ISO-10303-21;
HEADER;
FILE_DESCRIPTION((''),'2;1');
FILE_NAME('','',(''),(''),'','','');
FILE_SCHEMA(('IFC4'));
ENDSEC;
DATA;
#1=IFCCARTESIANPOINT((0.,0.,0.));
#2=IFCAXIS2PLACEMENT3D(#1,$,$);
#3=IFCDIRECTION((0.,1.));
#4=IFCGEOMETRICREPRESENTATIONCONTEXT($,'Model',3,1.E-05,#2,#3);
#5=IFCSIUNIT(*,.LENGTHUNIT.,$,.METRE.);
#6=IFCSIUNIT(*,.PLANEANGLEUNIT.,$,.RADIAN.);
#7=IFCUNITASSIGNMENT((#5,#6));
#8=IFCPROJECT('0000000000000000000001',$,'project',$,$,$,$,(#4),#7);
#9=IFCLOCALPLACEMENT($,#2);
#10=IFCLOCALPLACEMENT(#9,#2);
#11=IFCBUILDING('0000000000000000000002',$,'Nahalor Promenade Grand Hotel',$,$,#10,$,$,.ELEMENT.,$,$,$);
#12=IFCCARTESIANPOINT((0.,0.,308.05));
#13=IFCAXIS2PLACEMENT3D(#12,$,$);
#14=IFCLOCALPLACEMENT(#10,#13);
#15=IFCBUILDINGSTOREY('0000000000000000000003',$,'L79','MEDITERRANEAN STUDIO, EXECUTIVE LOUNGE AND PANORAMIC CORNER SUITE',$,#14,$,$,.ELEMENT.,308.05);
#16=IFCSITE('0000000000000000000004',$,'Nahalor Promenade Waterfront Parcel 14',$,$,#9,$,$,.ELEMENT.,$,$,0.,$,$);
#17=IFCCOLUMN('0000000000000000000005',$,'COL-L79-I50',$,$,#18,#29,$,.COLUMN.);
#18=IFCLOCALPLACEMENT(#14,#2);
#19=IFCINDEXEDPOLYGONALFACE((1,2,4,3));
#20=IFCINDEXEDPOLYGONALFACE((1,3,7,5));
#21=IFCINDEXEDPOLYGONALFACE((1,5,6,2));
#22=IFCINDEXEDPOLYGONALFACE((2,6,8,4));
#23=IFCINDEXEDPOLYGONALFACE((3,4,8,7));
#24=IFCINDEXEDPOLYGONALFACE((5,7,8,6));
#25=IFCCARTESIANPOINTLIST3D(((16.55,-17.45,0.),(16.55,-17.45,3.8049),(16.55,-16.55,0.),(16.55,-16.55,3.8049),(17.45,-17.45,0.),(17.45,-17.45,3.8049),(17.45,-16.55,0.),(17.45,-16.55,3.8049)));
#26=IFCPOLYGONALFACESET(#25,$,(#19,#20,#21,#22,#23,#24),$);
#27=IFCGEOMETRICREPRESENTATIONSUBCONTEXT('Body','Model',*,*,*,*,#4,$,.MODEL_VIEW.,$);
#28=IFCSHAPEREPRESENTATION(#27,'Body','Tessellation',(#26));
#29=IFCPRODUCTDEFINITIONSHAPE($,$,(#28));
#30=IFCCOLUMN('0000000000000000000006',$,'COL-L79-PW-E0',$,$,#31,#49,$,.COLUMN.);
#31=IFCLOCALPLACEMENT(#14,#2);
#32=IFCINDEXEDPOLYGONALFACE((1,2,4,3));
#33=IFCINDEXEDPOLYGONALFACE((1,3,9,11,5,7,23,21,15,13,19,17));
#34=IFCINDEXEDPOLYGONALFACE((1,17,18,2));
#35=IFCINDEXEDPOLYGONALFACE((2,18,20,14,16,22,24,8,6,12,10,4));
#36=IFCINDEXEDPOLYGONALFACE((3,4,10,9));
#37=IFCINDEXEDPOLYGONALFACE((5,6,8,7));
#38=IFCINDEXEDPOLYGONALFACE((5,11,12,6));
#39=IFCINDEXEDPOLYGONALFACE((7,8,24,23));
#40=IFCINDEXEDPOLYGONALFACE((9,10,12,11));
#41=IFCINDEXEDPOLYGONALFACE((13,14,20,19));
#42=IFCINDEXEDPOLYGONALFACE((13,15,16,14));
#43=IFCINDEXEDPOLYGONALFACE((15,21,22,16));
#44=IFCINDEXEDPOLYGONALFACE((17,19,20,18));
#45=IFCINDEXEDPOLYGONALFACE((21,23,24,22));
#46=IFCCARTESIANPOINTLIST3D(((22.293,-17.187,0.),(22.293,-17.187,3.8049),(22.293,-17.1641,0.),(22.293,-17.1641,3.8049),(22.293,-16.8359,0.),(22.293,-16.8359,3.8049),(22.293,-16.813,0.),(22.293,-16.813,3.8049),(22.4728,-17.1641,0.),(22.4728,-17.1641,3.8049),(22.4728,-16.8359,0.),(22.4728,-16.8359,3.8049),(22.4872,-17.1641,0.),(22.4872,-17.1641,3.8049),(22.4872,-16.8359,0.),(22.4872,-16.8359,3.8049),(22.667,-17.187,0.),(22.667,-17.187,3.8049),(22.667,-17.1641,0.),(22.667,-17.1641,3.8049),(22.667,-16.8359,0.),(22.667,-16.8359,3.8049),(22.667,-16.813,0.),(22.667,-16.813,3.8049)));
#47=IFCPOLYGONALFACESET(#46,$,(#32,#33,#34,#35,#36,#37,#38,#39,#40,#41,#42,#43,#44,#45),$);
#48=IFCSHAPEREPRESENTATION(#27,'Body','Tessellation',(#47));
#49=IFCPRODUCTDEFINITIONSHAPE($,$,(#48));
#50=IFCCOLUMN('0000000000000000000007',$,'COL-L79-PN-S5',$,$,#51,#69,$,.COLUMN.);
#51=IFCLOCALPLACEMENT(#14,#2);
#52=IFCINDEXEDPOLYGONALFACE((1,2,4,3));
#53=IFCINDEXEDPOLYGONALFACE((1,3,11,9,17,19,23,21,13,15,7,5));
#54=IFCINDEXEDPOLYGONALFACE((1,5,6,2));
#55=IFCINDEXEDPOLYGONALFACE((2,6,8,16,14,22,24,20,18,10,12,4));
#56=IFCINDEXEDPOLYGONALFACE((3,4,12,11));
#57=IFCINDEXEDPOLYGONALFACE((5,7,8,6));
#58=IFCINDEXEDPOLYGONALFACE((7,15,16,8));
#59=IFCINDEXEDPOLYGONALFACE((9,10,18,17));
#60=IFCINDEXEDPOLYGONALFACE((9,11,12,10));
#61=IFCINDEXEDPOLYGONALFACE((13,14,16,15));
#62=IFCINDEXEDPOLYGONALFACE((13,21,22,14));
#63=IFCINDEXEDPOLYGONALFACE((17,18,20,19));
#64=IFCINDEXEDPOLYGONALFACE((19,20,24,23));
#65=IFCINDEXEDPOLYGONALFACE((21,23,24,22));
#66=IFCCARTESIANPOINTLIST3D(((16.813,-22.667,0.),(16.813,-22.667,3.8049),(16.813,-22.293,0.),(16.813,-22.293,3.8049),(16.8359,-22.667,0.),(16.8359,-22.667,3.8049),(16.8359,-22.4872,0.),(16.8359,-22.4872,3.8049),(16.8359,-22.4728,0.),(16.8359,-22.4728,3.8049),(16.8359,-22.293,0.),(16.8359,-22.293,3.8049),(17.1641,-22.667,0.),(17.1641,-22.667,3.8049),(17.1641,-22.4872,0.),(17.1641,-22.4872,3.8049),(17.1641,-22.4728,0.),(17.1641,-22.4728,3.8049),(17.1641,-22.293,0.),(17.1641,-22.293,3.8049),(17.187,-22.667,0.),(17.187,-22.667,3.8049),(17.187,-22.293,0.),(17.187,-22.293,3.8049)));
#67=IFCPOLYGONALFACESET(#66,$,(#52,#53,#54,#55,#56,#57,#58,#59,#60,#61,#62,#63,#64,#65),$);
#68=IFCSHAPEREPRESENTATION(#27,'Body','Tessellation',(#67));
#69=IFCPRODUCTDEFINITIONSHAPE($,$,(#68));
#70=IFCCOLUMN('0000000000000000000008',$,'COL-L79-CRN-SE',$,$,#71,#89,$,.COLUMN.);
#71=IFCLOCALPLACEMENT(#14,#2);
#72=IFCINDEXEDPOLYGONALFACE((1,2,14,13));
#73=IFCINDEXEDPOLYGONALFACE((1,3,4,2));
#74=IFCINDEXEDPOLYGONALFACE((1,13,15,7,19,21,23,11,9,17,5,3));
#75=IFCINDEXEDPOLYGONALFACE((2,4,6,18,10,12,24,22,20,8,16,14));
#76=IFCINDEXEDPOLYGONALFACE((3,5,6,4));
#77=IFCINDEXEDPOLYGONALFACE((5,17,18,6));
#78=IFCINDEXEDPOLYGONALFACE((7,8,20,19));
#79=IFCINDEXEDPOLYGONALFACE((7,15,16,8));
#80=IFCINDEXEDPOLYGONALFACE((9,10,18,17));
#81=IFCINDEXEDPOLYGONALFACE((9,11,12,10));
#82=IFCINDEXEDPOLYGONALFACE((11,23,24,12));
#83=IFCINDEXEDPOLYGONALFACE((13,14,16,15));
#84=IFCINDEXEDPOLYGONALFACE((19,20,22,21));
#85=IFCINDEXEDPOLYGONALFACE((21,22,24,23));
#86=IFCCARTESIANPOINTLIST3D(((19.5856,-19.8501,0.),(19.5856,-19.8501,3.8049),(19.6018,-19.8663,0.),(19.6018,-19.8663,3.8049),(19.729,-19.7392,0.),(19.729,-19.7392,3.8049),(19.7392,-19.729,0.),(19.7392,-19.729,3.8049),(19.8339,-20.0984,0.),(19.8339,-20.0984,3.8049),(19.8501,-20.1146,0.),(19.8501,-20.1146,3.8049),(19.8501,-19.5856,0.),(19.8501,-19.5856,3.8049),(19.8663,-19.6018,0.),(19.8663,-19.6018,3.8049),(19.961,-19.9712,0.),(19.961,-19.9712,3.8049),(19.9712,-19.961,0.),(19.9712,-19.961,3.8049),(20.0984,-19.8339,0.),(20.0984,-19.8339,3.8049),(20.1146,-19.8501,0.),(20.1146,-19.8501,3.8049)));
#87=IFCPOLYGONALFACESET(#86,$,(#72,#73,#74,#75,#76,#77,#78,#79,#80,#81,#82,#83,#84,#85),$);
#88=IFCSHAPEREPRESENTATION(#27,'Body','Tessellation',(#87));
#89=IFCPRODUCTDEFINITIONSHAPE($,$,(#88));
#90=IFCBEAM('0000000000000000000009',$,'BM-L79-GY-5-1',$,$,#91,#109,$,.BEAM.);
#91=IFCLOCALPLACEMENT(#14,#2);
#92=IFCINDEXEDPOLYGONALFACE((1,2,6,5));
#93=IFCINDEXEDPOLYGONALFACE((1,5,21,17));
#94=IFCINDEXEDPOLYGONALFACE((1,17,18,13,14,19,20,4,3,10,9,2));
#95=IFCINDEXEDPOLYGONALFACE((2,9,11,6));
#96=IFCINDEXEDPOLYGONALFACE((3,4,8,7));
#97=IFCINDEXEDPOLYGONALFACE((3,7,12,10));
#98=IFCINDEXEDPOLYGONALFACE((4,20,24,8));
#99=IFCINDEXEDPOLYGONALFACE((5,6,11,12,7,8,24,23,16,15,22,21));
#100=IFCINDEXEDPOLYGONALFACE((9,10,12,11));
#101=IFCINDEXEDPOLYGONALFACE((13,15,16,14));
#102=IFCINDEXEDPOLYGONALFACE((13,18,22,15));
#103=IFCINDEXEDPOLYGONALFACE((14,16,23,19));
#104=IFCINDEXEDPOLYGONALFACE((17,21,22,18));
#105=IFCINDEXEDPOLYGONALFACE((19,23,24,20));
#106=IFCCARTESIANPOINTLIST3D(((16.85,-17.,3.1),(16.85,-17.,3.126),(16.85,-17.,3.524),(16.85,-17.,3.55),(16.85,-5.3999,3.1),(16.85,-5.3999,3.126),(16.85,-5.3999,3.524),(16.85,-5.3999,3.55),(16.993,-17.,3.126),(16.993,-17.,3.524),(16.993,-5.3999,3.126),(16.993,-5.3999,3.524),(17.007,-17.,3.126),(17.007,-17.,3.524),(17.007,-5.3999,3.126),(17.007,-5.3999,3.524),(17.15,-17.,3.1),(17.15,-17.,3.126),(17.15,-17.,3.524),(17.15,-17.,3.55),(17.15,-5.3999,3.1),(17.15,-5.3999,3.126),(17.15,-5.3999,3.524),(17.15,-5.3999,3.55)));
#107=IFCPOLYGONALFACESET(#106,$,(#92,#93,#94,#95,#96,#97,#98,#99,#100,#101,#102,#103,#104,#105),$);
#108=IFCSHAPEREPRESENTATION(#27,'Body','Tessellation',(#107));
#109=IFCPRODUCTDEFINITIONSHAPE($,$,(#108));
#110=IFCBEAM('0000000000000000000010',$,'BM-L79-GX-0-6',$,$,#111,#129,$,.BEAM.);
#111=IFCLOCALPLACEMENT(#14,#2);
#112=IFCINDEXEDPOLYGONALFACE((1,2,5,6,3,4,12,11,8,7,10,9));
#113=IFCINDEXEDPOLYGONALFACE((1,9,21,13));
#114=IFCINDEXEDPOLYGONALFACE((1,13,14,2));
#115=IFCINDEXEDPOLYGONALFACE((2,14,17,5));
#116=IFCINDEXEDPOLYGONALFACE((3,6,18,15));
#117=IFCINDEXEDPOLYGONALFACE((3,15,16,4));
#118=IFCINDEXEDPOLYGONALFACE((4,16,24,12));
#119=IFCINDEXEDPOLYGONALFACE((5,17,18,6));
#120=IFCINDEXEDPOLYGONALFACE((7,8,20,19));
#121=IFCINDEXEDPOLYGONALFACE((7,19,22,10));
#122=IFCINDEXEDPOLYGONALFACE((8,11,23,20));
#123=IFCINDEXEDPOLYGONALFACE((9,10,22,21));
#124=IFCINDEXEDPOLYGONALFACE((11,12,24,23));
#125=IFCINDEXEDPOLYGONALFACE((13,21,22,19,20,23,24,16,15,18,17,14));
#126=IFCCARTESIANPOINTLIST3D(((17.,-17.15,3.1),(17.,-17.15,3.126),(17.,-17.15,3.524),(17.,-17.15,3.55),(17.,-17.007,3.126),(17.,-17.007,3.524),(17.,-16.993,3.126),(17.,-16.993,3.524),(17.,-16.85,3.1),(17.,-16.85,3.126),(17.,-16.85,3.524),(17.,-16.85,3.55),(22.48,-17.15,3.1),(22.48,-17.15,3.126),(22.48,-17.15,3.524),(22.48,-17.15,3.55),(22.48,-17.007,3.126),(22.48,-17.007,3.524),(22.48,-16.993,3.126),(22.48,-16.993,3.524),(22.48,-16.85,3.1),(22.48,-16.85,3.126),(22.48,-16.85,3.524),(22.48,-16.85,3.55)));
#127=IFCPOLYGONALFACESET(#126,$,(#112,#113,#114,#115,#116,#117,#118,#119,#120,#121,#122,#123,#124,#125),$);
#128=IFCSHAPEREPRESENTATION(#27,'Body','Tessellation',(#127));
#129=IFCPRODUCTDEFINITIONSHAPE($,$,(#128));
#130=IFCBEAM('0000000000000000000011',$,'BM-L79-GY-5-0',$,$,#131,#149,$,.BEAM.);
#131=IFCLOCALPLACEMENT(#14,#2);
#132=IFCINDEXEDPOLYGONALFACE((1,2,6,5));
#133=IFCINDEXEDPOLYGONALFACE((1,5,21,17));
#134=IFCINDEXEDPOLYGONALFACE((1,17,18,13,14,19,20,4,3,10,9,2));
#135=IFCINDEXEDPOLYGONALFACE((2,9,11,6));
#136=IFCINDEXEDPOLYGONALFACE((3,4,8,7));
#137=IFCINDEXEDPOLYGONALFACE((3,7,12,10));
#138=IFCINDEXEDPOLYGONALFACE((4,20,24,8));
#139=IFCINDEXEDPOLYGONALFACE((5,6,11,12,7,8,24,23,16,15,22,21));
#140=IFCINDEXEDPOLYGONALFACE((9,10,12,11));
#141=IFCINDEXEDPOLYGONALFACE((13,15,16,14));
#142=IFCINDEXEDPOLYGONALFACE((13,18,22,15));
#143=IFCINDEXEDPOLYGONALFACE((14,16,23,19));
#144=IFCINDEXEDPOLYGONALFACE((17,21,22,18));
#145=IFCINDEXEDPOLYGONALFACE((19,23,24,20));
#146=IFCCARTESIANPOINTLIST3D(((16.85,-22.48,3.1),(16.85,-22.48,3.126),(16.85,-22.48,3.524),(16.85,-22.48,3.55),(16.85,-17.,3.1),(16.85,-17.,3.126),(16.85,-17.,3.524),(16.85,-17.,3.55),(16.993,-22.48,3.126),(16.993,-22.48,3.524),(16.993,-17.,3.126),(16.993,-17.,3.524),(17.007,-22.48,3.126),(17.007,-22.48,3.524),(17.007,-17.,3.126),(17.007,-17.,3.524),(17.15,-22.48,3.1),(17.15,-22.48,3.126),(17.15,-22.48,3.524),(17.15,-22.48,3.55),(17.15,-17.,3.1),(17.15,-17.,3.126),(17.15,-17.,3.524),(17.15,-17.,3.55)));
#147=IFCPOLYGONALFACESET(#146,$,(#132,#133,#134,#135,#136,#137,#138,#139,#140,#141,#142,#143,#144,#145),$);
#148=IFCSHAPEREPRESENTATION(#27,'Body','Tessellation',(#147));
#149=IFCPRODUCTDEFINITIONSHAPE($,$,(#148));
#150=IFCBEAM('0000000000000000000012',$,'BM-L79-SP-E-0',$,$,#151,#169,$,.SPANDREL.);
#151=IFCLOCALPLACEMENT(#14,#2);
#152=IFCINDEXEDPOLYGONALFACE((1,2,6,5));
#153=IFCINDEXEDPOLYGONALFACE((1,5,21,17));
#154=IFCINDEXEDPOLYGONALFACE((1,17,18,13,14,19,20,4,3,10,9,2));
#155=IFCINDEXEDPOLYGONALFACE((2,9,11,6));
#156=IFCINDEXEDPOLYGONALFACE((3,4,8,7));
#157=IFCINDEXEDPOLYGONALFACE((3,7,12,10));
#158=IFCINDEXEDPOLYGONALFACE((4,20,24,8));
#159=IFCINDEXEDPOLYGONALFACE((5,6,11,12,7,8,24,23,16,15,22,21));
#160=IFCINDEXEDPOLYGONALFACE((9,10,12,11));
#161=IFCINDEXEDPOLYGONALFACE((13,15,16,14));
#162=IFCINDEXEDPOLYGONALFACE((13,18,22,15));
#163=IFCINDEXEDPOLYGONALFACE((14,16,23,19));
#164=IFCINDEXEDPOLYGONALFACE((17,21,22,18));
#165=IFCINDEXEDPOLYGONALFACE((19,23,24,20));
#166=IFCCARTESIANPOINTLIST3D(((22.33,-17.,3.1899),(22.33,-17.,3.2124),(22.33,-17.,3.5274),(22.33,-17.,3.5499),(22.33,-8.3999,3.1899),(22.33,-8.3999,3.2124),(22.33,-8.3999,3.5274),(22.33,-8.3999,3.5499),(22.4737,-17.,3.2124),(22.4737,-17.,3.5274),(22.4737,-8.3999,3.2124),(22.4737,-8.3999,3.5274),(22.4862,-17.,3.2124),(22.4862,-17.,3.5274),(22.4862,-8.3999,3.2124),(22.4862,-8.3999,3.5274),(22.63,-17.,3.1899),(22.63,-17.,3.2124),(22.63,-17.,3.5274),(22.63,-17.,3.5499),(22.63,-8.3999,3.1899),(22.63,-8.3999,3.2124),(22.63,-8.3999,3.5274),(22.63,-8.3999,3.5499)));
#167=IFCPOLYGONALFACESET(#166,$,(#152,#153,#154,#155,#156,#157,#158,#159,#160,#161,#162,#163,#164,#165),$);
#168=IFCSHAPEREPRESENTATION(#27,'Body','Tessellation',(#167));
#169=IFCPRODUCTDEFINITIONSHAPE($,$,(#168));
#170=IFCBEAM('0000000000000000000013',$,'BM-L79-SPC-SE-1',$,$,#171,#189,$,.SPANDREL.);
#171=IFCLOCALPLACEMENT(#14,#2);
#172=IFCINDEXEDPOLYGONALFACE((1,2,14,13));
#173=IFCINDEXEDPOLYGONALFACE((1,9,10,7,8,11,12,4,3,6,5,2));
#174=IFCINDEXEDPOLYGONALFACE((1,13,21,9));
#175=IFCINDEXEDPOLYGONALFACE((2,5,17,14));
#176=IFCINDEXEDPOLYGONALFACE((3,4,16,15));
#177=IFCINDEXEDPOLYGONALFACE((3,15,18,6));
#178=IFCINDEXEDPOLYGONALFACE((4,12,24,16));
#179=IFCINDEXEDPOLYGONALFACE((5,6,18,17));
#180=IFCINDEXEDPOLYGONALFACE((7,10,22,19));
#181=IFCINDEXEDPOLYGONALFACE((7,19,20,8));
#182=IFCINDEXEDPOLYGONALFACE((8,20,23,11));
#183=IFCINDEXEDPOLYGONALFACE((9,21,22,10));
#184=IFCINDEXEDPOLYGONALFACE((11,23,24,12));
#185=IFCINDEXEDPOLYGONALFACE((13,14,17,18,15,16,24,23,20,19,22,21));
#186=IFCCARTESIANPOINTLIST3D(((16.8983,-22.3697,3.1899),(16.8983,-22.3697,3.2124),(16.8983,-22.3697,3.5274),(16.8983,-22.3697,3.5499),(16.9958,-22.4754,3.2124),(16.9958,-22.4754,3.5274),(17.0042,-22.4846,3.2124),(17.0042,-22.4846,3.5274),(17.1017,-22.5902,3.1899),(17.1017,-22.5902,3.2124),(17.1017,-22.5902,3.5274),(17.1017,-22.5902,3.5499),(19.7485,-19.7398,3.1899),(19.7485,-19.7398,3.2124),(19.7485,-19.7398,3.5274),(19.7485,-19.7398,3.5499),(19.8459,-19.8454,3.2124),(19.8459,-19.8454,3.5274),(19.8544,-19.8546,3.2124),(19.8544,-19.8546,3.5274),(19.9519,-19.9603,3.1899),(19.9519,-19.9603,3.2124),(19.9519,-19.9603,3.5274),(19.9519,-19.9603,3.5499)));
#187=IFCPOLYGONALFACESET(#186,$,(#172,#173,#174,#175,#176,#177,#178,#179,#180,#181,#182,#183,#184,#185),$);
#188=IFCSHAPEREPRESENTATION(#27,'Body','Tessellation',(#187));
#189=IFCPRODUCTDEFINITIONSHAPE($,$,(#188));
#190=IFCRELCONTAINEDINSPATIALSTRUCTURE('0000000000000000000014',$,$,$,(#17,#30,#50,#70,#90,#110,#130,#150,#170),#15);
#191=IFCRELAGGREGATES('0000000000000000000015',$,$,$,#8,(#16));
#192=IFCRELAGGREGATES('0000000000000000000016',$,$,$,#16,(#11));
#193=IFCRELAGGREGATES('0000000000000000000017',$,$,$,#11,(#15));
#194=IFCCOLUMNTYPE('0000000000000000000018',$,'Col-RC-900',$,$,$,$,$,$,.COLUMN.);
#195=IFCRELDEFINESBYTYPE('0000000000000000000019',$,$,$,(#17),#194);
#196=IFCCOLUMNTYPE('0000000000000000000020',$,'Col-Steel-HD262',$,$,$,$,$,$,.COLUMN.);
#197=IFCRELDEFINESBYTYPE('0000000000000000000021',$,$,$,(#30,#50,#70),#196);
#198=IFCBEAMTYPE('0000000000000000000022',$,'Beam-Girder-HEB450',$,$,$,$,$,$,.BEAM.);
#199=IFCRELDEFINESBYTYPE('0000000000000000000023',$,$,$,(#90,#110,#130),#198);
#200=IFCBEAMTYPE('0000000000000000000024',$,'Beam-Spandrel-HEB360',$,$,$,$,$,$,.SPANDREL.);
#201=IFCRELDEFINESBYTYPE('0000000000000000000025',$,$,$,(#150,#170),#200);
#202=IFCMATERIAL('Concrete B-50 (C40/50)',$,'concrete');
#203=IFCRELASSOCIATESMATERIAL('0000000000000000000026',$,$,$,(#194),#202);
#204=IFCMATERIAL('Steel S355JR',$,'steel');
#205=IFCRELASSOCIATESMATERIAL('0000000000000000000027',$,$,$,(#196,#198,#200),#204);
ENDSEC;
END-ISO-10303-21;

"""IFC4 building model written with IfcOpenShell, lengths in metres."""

from ifc_helpers import new_model, si_unit, direction, frame, origin, origin_2d, place, context, subcontext, project, spatial, rectangle, i_section, extrude, source, transform, mapped, material, material_profile, profile_set, type_object, element, save


model = new_model("IFC4")

# Units and contexts
model_context = context("Model", 3, precision=1e-05, world=origin(), true_north=direction((0.0, 1.0)))
body_context = subcontext(model_context, "Body", "Model", "MODEL_VIEW")
ifc_project = project(units=[si_unit("LENGTHUNIT", "METRE"), si_unit("PLANEANGLEUNIT", "RADIAN")], contexts=[model_context])

# Site, building, storey
site_placement = place(None, origin())
site = spatial("IfcSite", under=ifc_project, at=site_placement, Name="Nahalor Promenade Waterfront Parcel 14", CompositionType="ELEMENT", RefElevation=0.0)
building_placement = place(site_placement, origin())
building = spatial("IfcBuilding", under=site, at=building_placement, Name="Nahalor Promenade Grand Hotel", CompositionType="ELEMENT")
storey_placement = place(building_placement, frame((0.0, 0.0, 308.05)))
storey = spatial("IfcBuildingStorey", under=building, at=storey_placement, Name="L79", Description="MEDITERRANEAN STUDIO, EXECUTIVE LOUNGE AND PANORAMIC CORNER SUITE", CompositionType="ELEMENT", Elevation=308.05)

# Columns
ifc_material_1 = material(Name="Concrete B-50 (C40/50)", Category="concrete")
ifc_material_profile_1 = material_profile(ifc_material_1, rectangle(XDim=0.9, YDim=0.9, at=origin_2d()), Name="RC 900x900")
ifc_profile_set_1 = profile_set([ifc_material_profile_1], Name="Concrete B-50 (C40/50)")
column_type_1 = type_object("IfcColumnType", Name="Col-RC-900", PredefinedType="COLUMN", material=ifc_profile_set_1)
shared_shape_1 = source(origin(), body_context, "Body", "SweptSolid", [
    extrude(rectangle(XDim=0.9, YDim=0.9, at=origin_2d()), origin(), (0.0, 0.0, 1.0), 3.8049),
])
column_placement = place(storey_placement, frame((17.0, -17.0, 0.0), z_axis=(0.0, 0.0, 1.0), x_axis=(1.0, 0.0, 0.0)))
element("IfcColumn", 1, at=column_placement, inside=storey, type_object=column_type_1, Name="COL-L79-I50", PredefinedType="COLUMN", context=body_context, shape_type="MappedRepresentation", body=[
    mapped(shared_shape_1, transform((0.0, 0.0, 0.0), scale=1.0)),
])
ifc_material_2 = material(Name="Steel S355JR", Category="steel")
ifc_material_profile_2 = material_profile(ifc_material_2, i_section(OverallWidth=0.374, OverallDepth=0.374, WebThickness=0.0144, FlangeThickness=0.0229, at=origin_2d()), Name="HD 360x262")
ifc_profile_set_2 = profile_set([ifc_material_profile_2], Name="Steel S355JR")
column_type_2 = type_object("IfcColumnType", Name="Col-Steel-HD262", PredefinedType="COLUMN", material=ifc_profile_set_2)
shared_shape_2 = source(origin(), body_context, "Body", "SweptSolid", [
    extrude(i_section(OverallWidth=0.374, OverallDepth=0.374, WebThickness=0.0144, FlangeThickness=0.0229, at=origin_2d()), origin(), (0.0, 0.0, 1.0), 3.8049),
])
for number, where, z_axis, x_axis, name in (
    (2, (22.48, -17.0, 0.0), (0.0, 0.0, 1.0), (1.0, 0.0, 0.0), "COL-L79-PW-E0"),
    (3, (17.0, -22.48, 0.0), (0.0, 0.0, 1.0), (0.0, 1.0, 0.0), "COL-L79-PN-S5"),
    (4, (19.8501, -19.8501, 0.0), (0.0, 0.0, 1.0), (0.707107, 0.707107, 0.0), "COL-L79-CRN-SE"),
):
    element("IfcColumn", number, at=place(storey_placement, frame(where, z_axis=z_axis, x_axis=x_axis)), inside=storey, type_object=column_type_2, Name=name, PredefinedType="COLUMN", context=body_context, shape_type="MappedRepresentation", body=[
        mapped(shared_shape_2, transform((0.0, 0.0, 0.0), scale=1.0)),
    ])

# Beams
ifc_material_profile_3 = material_profile(ifc_material_2, i_section(OverallWidth=0.3, OverallDepth=0.45, WebThickness=0.014, FlangeThickness=0.026, at=origin_2d()), Name="HEB 450")
ifc_profile_set_3 = profile_set([ifc_material_profile_3], Name="Steel S355JR")
beam_type_1 = type_object("IfcBeamType", Name="Beam-Girder-HEB450", PredefinedType="BEAM", material=ifc_profile_set_3)
shared_shape_3 = source(origin(), body_context, "Body", "SweptSolid", [
    extrude(i_section(OverallWidth=0.3, OverallDepth=0.45, WebThickness=0.014, FlangeThickness=0.026, at=origin_2d()), origin(), (0.0, 0.0, 1.0), 11.6001),
])
beam_1_placement = place(storey_placement, frame((17.0, -17.0, 3.325), z_axis=(0.0, 1.0, 0.0), x_axis=(-1.0, 0.0, 0.0)))
element("IfcBeam", 5, at=beam_1_placement, inside=storey, type_object=beam_type_1, Name="BM-L79-GY-5-1", PredefinedType="BEAM", context=body_context, shape_type="MappedRepresentation", body=[
    mapped(shared_shape_3, transform((0.0, 0.0, 0.0), scale=1.0)),
])
shared_shape_4 = source(origin(), body_context, "Body", "SweptSolid", [
    extrude(i_section(OverallWidth=0.3, OverallDepth=0.45, WebThickness=0.014, FlangeThickness=0.026, at=origin_2d()), origin(), (0.0, 0.0, 1.0), 5.48),
])
for number, where, z_axis, x_axis, name in (
    (6, (17.0, -17.0, 3.325), (1.0, 0.0, 0.0), (0.0, 1.0, 0.0), "BM-L79-GX-0-6"),
    (7, (17.0, -22.48, 3.325), (0.0, 1.0, 0.0), (-1.0, 0.0, 0.0), "BM-L79-GY-5-0"),
):
    element("IfcBeam", number, at=place(storey_placement, frame(where, z_axis=z_axis, x_axis=x_axis)), inside=storey, type_object=beam_type_1, Name=name, PredefinedType="BEAM", context=body_context, shape_type="MappedRepresentation", body=[
        mapped(shared_shape_4, transform((0.0, 0.0, 0.0), scale=1.0)),
    ])
ifc_material_profile_4 = material_profile(ifc_material_2, i_section(OverallWidth=0.3, OverallDepth=0.36, WebThickness=0.0125, FlangeThickness=0.0225, at=origin_2d()), Name="HEB 360")
ifc_profile_set_4 = profile_set([ifc_material_profile_4], Name="Steel S355JR")
beam_type_2 = type_object("IfcBeamType", Name="Beam-Spandrel-HEB360", PredefinedType="SPANDREL", material=ifc_profile_set_4)
shared_shape_5 = source(origin(), body_context, "Body", "SweptSolid", [
    extrude(i_section(OverallWidth=0.3, OverallDepth=0.36, WebThickness=0.0125, FlangeThickness=0.0225, at=origin_2d()), origin(), (0.0, 0.0, 1.0), 8.6001),
])
beam_2_placement = place(storey_placement, frame((22.48, -17.0, 3.3699), z_axis=(0.0, 1.0, 0.0), x_axis=(-1.0, 0.0, 0.0)))
element("IfcBeam", 8, at=beam_2_placement, inside=storey, type_object=beam_type_2, Name="BM-L79-SP-E-0", PredefinedType="SPANDREL", context=body_context, shape_type="MappedRepresentation", body=[
    mapped(shared_shape_5, transform((0.0, 0.0, 0.0), scale=1.0)),
])
shared_shape_6 = source(origin(), body_context, "Body", "SweptSolid", [
    extrude(i_section(OverallWidth=0.3, OverallDepth=0.36, WebThickness=0.0125, FlangeThickness=0.0225, at=origin_2d()), origin(), (0.0, 0.0, 1.0), 3.8782),
])
for number, where, z_axis, x_axis, name in (
    (9, (17.0, -22.48, 3.3699), (0.734929, 0.678144, 0.0), (-0.678144, 0.734929, 0.0), "BM-L79-SPC-SE-1"),
):
    element("IfcBeam", number, at=place(storey_placement, frame(where, z_axis=z_axis, x_axis=x_axis)), inside=storey, type_object=beam_type_2, Name=name, PredefinedType="SPANDREL", context=body_context, shape_type="MappedRepresentation", body=[
        mapped(shared_shape_6, transform((0.0, 0.0, 0.0), scale=1.0)),
    ])

save(model, "model.ifc")
